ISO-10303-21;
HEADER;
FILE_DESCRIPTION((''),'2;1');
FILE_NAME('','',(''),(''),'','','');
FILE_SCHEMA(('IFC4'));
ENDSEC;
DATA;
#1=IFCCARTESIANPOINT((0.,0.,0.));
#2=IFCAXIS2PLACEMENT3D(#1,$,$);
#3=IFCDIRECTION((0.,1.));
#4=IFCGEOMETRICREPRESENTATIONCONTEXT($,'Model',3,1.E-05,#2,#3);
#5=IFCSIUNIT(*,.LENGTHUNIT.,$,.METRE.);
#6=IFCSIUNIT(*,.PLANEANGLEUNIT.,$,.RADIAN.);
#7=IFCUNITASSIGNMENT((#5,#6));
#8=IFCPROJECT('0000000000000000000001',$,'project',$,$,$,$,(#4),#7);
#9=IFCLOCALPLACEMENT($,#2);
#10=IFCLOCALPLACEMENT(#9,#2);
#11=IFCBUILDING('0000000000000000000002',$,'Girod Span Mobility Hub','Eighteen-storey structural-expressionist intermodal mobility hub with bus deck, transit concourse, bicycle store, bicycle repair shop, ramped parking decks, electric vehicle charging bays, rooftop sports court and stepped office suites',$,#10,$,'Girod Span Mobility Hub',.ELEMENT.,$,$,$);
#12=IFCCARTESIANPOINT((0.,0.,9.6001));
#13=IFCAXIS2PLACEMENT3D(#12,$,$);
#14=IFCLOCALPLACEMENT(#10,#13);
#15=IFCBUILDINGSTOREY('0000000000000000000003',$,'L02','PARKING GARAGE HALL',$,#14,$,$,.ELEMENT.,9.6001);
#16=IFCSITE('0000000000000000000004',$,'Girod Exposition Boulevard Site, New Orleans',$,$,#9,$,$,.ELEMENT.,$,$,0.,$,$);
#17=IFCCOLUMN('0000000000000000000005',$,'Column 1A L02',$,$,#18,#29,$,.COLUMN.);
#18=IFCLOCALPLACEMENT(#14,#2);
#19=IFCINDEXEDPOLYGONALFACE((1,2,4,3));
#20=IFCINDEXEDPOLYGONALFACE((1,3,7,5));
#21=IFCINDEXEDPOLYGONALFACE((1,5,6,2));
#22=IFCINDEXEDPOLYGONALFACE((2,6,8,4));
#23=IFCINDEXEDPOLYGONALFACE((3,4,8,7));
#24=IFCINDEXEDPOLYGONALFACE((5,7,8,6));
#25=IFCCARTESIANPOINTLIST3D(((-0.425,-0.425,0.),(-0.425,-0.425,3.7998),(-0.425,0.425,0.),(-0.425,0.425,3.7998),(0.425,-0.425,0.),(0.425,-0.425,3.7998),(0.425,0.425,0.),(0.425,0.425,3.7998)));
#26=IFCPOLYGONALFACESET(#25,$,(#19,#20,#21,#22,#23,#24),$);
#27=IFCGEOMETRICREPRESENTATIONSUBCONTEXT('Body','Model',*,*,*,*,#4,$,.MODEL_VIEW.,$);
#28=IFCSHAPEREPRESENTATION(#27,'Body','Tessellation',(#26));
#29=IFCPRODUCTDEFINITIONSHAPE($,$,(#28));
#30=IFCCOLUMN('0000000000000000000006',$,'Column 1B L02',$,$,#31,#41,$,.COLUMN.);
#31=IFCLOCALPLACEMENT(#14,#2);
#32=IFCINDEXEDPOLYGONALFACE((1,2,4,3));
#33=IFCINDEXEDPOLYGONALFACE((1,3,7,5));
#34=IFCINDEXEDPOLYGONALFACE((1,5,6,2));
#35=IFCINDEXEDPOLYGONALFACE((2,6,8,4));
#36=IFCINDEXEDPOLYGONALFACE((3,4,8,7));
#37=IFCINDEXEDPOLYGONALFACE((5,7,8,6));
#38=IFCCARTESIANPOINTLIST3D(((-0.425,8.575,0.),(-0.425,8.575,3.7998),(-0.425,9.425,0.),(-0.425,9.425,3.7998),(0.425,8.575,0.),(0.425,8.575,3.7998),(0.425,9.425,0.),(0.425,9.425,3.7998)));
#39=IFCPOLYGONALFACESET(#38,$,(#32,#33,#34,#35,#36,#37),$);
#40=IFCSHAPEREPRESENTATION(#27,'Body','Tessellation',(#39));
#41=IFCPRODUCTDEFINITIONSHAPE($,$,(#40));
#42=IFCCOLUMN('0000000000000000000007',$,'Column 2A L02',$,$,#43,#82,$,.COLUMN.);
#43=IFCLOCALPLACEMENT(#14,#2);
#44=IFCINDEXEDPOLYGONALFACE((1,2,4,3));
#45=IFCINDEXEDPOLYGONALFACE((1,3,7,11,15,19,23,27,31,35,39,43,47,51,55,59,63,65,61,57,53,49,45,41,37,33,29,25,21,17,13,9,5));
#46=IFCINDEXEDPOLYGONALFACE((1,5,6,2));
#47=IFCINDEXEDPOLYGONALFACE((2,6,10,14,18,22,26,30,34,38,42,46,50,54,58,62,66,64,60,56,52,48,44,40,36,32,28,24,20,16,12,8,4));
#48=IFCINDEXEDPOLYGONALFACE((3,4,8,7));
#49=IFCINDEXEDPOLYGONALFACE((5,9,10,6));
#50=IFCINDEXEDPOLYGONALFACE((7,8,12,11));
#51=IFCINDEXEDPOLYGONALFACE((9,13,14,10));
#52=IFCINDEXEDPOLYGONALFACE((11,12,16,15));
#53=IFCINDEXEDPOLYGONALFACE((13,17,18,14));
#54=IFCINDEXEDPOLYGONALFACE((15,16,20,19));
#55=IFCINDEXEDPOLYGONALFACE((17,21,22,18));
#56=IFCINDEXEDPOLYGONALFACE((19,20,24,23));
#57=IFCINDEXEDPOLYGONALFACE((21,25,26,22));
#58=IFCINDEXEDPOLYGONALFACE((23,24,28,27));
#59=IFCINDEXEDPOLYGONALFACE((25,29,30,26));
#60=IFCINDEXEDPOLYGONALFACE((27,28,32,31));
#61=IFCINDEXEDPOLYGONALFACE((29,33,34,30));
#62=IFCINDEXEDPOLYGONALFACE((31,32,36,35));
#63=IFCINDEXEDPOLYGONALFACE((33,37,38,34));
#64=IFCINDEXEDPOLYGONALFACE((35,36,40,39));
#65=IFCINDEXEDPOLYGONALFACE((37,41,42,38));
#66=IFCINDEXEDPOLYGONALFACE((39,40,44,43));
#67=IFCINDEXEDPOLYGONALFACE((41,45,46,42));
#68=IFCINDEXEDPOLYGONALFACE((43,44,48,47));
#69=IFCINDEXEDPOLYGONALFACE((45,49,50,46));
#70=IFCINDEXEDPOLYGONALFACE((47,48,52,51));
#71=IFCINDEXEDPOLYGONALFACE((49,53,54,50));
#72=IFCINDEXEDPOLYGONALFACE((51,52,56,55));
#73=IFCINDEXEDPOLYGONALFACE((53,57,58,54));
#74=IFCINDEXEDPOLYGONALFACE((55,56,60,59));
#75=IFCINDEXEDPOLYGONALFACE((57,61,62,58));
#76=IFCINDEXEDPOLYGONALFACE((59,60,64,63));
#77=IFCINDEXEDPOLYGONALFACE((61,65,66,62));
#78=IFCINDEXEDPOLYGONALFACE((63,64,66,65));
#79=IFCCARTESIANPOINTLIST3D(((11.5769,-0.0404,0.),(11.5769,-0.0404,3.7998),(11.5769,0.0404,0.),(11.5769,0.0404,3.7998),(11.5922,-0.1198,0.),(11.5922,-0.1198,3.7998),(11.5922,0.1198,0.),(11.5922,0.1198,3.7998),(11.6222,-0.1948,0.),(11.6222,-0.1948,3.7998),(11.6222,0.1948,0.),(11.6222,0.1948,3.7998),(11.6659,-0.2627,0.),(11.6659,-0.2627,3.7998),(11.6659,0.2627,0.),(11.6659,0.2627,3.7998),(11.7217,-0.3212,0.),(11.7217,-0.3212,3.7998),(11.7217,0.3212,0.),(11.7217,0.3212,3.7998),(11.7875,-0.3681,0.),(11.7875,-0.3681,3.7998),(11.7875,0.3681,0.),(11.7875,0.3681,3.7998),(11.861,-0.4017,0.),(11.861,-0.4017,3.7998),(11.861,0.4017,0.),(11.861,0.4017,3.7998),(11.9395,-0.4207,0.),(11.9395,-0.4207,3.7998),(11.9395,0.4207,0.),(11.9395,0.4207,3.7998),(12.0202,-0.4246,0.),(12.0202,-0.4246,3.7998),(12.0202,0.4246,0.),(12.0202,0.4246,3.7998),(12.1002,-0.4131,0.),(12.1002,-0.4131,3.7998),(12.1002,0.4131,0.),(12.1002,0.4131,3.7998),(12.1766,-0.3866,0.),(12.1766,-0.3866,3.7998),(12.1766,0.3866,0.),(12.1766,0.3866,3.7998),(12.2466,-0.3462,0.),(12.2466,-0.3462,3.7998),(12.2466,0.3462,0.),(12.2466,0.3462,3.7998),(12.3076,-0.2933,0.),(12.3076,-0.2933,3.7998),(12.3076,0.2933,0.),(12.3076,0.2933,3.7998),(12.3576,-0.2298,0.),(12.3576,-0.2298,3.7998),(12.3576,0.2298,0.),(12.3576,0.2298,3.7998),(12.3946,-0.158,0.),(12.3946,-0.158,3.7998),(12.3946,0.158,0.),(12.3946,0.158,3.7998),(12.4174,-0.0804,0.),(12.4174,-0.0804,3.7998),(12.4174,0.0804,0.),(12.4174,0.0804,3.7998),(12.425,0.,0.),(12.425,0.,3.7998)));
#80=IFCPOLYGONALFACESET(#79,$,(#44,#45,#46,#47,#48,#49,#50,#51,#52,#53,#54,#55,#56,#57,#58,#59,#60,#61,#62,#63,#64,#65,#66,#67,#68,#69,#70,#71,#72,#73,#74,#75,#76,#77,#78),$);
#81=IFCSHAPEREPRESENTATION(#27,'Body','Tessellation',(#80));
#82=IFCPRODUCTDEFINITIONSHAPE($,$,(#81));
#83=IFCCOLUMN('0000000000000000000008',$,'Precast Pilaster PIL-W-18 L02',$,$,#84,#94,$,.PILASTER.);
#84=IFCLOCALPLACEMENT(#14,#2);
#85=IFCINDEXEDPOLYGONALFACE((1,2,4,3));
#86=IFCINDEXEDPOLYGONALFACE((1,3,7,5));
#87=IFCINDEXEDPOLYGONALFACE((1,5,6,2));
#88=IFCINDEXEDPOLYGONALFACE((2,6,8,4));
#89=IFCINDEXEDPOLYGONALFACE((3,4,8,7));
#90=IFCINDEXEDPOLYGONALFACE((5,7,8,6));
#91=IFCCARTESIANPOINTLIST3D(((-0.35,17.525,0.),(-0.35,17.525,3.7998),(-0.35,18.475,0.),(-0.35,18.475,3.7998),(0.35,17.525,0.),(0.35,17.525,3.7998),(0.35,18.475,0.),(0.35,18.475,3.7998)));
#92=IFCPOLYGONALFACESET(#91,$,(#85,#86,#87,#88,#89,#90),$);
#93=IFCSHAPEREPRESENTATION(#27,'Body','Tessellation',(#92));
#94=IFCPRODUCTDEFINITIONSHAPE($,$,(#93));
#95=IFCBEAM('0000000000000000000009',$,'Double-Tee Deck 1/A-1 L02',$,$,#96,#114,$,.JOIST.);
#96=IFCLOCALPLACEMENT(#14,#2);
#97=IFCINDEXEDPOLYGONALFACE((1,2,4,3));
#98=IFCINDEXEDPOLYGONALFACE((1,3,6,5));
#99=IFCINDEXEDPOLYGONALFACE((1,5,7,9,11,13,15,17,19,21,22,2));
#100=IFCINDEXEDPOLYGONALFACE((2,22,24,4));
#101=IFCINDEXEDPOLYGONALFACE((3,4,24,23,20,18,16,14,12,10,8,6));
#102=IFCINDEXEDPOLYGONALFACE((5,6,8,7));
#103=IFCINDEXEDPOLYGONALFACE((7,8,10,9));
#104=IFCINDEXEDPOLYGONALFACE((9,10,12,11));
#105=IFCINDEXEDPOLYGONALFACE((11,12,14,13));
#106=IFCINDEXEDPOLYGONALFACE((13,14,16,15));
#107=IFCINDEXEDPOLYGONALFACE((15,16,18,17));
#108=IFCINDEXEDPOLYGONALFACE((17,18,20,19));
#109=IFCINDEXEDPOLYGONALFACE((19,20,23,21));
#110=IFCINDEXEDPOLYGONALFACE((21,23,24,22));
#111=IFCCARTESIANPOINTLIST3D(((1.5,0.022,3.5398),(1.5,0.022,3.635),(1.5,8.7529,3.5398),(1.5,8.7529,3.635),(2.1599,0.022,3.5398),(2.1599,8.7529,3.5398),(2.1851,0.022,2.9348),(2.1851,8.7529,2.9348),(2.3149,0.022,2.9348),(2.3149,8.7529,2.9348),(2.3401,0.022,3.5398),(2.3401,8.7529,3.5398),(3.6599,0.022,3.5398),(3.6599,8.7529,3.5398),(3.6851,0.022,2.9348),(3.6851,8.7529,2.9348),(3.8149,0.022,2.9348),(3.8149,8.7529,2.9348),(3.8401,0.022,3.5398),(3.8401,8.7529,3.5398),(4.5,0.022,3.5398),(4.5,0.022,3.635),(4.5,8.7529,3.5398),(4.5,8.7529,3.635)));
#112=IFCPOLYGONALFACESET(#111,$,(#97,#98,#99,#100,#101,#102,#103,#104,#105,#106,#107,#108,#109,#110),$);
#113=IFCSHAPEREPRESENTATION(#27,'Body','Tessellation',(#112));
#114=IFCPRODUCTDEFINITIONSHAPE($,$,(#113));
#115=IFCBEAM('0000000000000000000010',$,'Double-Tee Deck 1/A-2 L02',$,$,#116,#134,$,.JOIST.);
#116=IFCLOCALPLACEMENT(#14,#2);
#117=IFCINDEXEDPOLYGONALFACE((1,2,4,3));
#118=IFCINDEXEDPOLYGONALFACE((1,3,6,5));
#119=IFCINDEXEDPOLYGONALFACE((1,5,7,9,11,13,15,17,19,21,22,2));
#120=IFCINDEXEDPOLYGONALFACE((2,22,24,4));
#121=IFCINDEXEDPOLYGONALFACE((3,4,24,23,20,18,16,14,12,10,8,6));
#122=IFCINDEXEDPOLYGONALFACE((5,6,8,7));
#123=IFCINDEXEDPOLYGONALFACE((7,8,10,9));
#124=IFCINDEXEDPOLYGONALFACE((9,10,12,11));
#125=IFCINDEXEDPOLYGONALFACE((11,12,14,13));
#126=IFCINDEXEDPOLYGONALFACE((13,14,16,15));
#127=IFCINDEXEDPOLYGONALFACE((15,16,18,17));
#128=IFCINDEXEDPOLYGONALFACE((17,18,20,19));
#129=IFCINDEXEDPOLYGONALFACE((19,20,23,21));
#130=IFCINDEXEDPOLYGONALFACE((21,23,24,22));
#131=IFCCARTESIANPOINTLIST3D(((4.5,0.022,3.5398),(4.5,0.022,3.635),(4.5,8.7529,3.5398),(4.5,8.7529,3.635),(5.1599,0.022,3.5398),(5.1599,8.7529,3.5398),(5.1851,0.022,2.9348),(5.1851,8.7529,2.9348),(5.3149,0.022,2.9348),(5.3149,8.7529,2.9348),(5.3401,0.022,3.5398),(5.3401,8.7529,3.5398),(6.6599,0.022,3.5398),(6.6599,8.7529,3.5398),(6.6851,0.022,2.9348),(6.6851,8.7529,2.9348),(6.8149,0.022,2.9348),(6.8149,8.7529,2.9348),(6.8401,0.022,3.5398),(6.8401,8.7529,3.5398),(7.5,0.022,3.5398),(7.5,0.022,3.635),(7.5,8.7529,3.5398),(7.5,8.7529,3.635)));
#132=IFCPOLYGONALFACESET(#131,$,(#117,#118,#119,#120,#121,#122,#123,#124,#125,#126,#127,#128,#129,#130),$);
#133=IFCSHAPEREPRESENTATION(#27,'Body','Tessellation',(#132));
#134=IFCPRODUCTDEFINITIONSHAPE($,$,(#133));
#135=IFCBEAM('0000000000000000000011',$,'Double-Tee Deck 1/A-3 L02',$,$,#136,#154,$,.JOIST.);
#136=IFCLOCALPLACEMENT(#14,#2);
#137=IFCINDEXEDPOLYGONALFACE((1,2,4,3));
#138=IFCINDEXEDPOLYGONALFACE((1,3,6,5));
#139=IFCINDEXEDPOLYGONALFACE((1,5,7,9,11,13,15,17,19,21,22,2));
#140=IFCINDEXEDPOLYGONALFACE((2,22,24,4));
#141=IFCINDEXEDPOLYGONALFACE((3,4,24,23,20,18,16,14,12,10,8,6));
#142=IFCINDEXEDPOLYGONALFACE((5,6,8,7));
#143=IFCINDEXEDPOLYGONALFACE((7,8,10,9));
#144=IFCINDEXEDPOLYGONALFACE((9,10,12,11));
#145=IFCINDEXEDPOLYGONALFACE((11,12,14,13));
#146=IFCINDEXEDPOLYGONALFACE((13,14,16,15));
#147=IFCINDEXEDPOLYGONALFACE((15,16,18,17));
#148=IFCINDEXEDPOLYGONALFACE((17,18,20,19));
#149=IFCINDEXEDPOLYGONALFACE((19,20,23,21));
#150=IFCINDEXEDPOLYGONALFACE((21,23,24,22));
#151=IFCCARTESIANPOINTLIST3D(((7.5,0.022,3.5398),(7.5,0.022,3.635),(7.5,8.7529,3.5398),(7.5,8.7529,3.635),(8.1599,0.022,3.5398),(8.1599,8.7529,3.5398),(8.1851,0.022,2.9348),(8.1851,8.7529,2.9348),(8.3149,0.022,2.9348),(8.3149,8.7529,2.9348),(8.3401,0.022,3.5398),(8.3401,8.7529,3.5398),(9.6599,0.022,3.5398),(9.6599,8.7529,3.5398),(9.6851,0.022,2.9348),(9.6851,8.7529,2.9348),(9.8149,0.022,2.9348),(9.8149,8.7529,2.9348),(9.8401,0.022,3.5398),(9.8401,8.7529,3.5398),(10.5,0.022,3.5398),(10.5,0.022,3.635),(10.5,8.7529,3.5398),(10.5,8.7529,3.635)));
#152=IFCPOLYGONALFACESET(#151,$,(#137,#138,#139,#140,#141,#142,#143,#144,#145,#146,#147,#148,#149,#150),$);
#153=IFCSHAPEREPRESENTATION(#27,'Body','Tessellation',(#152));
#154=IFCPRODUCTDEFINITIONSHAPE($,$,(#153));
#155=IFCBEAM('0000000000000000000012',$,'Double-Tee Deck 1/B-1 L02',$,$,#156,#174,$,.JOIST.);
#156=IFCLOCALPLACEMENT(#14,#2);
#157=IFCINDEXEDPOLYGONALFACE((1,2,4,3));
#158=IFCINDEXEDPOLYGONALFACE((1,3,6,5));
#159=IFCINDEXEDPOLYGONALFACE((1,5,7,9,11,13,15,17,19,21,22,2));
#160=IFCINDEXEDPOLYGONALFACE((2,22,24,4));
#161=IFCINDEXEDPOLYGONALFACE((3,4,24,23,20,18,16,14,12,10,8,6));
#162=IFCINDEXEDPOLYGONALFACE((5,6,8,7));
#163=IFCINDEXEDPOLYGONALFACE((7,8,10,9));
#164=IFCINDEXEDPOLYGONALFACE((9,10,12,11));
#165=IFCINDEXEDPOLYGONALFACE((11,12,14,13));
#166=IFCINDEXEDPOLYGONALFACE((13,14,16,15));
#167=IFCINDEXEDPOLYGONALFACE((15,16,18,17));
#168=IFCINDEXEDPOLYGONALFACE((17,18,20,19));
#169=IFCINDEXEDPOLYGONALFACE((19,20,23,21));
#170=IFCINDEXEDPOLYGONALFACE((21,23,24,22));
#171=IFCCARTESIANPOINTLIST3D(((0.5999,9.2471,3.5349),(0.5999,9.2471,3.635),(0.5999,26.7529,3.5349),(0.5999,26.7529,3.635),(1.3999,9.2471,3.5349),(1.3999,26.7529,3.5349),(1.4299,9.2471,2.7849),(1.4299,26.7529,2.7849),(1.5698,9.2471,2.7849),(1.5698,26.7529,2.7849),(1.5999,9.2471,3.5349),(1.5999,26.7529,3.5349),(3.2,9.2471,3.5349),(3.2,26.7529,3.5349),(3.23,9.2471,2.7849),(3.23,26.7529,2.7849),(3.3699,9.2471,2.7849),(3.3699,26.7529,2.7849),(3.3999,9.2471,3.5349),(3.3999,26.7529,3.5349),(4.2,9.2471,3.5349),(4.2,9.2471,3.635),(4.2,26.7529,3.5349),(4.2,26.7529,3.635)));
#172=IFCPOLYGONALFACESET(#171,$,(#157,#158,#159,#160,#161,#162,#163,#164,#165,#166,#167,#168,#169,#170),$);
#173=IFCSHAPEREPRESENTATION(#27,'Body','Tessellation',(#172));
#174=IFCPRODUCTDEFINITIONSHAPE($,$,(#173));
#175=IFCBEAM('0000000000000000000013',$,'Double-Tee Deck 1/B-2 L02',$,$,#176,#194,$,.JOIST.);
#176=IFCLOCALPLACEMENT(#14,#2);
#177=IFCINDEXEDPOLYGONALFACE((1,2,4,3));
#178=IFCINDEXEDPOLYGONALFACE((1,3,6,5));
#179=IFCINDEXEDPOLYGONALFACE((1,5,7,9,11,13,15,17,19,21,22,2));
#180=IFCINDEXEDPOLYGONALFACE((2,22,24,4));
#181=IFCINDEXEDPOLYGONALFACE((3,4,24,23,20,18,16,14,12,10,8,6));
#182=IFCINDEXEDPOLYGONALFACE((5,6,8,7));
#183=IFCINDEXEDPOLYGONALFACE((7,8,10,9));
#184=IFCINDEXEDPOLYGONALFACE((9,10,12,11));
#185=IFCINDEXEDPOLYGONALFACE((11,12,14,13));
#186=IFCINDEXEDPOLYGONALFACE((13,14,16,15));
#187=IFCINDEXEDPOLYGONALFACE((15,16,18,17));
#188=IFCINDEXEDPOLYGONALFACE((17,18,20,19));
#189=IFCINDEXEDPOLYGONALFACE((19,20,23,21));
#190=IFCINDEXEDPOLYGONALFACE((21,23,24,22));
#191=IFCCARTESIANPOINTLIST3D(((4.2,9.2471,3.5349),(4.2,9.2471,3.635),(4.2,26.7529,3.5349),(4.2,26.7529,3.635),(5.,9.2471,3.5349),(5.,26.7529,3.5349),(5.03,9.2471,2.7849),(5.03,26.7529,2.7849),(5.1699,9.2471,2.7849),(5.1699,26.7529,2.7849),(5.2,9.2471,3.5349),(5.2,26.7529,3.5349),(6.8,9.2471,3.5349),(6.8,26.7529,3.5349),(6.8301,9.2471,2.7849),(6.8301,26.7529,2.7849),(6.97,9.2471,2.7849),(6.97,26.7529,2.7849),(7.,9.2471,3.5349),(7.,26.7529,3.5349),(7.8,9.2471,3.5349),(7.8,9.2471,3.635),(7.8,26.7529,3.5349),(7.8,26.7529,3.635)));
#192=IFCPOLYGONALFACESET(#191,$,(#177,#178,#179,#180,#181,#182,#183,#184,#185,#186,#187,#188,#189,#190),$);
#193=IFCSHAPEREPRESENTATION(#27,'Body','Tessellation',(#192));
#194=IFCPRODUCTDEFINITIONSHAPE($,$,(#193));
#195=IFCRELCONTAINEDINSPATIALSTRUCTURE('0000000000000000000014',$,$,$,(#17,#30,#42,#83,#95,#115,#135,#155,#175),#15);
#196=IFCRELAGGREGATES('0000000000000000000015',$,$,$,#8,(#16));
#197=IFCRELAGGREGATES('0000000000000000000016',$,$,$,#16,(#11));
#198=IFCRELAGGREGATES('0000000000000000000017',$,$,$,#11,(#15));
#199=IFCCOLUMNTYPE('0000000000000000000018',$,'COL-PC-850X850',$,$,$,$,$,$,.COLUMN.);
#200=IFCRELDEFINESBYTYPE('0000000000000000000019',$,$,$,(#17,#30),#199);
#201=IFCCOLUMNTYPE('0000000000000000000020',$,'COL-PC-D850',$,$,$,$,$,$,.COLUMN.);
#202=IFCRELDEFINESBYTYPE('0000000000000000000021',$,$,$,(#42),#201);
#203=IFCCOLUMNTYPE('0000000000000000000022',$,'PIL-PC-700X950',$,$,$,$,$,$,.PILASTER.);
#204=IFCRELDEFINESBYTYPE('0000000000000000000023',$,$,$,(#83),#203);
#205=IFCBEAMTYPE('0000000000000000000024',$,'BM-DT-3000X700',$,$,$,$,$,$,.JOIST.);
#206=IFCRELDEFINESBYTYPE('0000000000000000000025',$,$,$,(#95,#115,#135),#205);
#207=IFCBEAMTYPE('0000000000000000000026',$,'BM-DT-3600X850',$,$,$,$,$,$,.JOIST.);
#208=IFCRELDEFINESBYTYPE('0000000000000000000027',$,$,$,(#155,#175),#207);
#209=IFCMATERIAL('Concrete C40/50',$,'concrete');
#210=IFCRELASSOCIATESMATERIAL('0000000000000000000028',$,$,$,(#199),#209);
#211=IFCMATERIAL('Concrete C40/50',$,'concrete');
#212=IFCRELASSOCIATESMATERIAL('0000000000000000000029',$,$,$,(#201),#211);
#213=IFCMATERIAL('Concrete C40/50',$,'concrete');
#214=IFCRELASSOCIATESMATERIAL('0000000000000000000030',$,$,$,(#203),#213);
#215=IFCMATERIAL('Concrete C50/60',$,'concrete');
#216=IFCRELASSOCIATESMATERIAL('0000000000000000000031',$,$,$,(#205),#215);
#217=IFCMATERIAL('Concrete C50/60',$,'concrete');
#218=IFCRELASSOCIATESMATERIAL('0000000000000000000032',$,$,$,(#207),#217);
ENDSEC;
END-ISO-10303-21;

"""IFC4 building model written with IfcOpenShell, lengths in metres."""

from ifc_helpers import new_model, si_unit, direction, frame, origin, origin_2d, place, context, subcontext, project, spatial, polyline, rectangle, circle, outline, extrude, material, material_profile, profile_set, type_object, element, save


model = new_model("IFC4")

# Units and contexts
model_context = context("Model", 3, precision=1e-05, world=origin(), true_north=direction((0.0, 1.0)))
body_context = subcontext(model_context, "Body", "Model", "MODEL_VIEW")
ifc_project = project(units=[si_unit("LENGTHUNIT", "METRE"), si_unit("PLANEANGLEUNIT", "RADIAN")], contexts=[model_context])

# Site, building, storey
site_placement = place(None, origin())
site = spatial("IfcSite", under=ifc_project, at=site_placement, Name="Girod Exposition Boulevard Site, New Orleans", CompositionType="ELEMENT", RefElevation=0.0)
building_placement = place(site_placement, origin())
building = spatial("IfcBuilding", under=site, at=building_placement, Name="Girod Span Mobility Hub", Description="Eighteen-storey structural-expressionist intermodal mobility hub with bus deck, transit concourse, bicycle store, bicycle repair shop, ramped parking decks, electric vehicle charging bays, rooftop sports court and stepped office suites", LongName="Girod Span Mobility Hub", CompositionType="ELEMENT")
storey_placement = place(building_placement, frame((0.0, 0.0, 9.6001)))
storey = spatial("IfcBuildingStorey", under=building, at=storey_placement, Name="L02", Description="PARKING GARAGE HALL", CompositionType="ELEMENT", Elevation=9.6001)

# Columns
ifc_material_1 = material(Name="Concrete C40/50", Category="concrete")
ifc_material_profile_1 = material_profile(ifc_material_1, rectangle(XDim=0.8501, YDim=0.8501, at=origin_2d()), Name="PC-COL-850X850")
ifc_profile_set_1 = profile_set([ifc_material_profile_1], Name="Concrete C40/50")
column_type_1 = type_object("IfcColumnType", Name="COL-PC-850X850", PredefinedType="COLUMN", material=ifc_profile_set_1)
for number, where, z_axis, x_axis, name in (
    (1, (0.0, 0.0, 0.0), (0.0, 0.0, 1.0), (1.0, 0.0, 0.0), "Column 1A L02"),
    (2, (0.0, 9.0, 0.0), (0.0, 0.0, 1.0), (1.0, 0.0, 0.0), "Column 1B L02"),
):
    element("IfcColumn", number, at=place(storey_placement, frame(where, z_axis=z_axis, x_axis=x_axis)), inside=storey, type_object=column_type_1, Name=name, PredefinedType="COLUMN", context=body_context, shape_type="SweptSolid", body=[
        extrude(rectangle(XDim=0.8501, YDim=0.8501, at=origin_2d()), origin(), (0.0, 0.0, 1.0), 3.7998),
    ])
ifc_material_2 = material(Name="Concrete C40/50", Category="concrete")
ifc_material_profile_2 = material_profile(ifc_material_2, circle(Radius=0.425, at=origin_2d()), Name="PC-CIR-D850")
ifc_profile_set_2 = profile_set([ifc_material_profile_2], Name="Concrete C40/50")
column_type_2 = type_object("IfcColumnType", Name="COL-PC-D850", PredefinedType="COLUMN", material=ifc_profile_set_2)
column_1_placement = place(storey_placement, frame((12.0, 0.0, 0.0), z_axis=(0.0, 0.0, 1.0), x_axis=(1.0, 0.0, 0.0)))
element("IfcColumn", 3, at=column_1_placement, inside=storey, type_object=column_type_2, Name="Column 2A L02", PredefinedType="COLUMN", context=body_context, shape_type="SweptSolid", body=[
    extrude(circle(Radius=0.425, at=origin_2d()), origin(), (0.0, 0.0, 1.0), 3.7998),
])
ifc_material_3 = material(Name="Concrete C40/50", Category="concrete")
ifc_material_profile_3 = material_profile(ifc_material_3, rectangle(XDim=0.7, YDim=0.95, at=origin_2d()), Name="PC-PIL-700X950")
ifc_profile_set_3 = profile_set([ifc_material_profile_3], Name="Concrete C40/50")
column_type_3 = type_object("IfcColumnType", Name="PIL-PC-700X950", PredefinedType="PILASTER", material=ifc_profile_set_3)
column_2_placement = place(storey_placement, frame((0.0, 18.0, 0.0), z_axis=(0.0, 0.0, 1.0), x_axis=(1.0, 0.0, 0.0)))
element("IfcColumn", 4, at=column_2_placement, inside=storey, type_object=column_type_3, Name="Precast Pilaster PIL-W-18 L02", PredefinedType="PILASTER", context=body_context, shape_type="SweptSolid", body=[
    extrude(rectangle(XDim=0.7, YDim=0.95, at=origin_2d()), origin(), (0.0, 0.0, 1.0), 3.7998),
])

# Beams
ifc_material_4 = material(Name="Concrete C50/60", Category="concrete")
ifc_material_profile_4 = material_profile(ifc_material_4, outline(polyline([(-1.5, 0.3501), (-1.5, 0.2549), (-0.8401, 0.2549), (-0.8149, -0.3501), (-0.6851, -0.3501), (-0.6599, 0.2549), (0.6599, 0.2549), (0.6851, -0.3501), (0.8149, -0.3501), (0.8401, 0.2549), (1.5, 0.2549), (1.5, 0.3501), (-1.5, 0.3501)])), Name="DT-3000X700")
ifc_profile_set_4 = profile_set([ifc_material_profile_4], Name="Concrete C50/60")
beam_type_1 = type_object("IfcBeamType", Name="BM-DT-3000X700", PredefinedType="JOIST", material=ifc_profile_set_4)
for number, where, z_axis, x_axis, name in (
    (5, (3.0, 0.022, 3.2849), (0.0, 1.0, 0.0), (-1.0, 0.0, 0.0), "Double-Tee Deck 1/A-1 L02"),
    (6, (6.0, 0.022, 3.2849), (0.0, 1.0, 0.0), (-1.0, 0.0, 0.0), "Double-Tee Deck 1/A-2 L02"),
    (7, (9.0, 0.022, 3.2849), (0.0, 1.0, 0.0), (-1.0, 0.0, 0.0), "Double-Tee Deck 1/A-3 L02"),
):
    element("IfcBeam", number, at=place(storey_placement, frame(where, z_axis=z_axis, x_axis=x_axis)), inside=storey, type_object=beam_type_1, Name=name, PredefinedType="JOIST", context=body_context, shape_type="SweptSolid", body=[
        extrude(outline(polyline([(-1.5, 0.3501), (-1.5, 0.2549), (-0.8401, 0.2549), (-0.8149, -0.3501), (-0.6851, -0.3501), (-0.6599, 0.2549), (0.6599, 0.2549), (0.6851, -0.3501), (0.8149, -0.3501), (0.8401, 0.2549), (1.5, 0.2549), (1.5, 0.3501), (-1.5, 0.3501)])), origin(), (0.0, 0.0, 1.0), 8.731),
    ])
ifc_material_5 = material(Name="Concrete C50/60", Category="concrete")
ifc_material_profile_5 = material_profile(ifc_material_5, outline(polyline([(-1.8, 0.425), (-1.8, 0.325), (-1.0, 0.325), (-0.97, -0.425), (-0.8301, -0.425), (-0.8, 0.325), (0.8, 0.325), (0.8301, -0.425), (0.97, -0.425), (1.0, 0.325), (1.8, 0.325), (1.8, 0.425), (-1.8, 0.425)])), Name="DT-3600X850")
ifc_profile_set_5 = profile_set([ifc_material_profile_5], Name="Concrete C50/60")
beam_type_2 = type_object("IfcBeamType", Name="BM-DT-3600X850", PredefinedType="JOIST", material=ifc_profile_set_5)
for number, where, z_axis, x_axis, name in (
    (8, (2.3999, 9.2471, 3.21), (0.0, 1.0, 0.0), (-1.0, 0.0, 0.0), "Double-Tee Deck 1/B-1 L02"),
    (9, (6.0, 9.2471, 3.21), (0.0, 1.0, 0.0), (-1.0, 0.0, 0.0), "Double-Tee Deck 1/B-2 L02"),
):
    element("IfcBeam", number, at=place(storey_placement, frame(where, z_axis=z_axis, x_axis=x_axis)), inside=storey, type_object=beam_type_2, Name=name, PredefinedType="JOIST", context=body_context, shape_type="SweptSolid", body=[
        extrude(outline(polyline([(-1.8, 0.425), (-1.8, 0.325), (-1.0, 0.325), (-0.97, -0.425), (-0.8301, -0.425), (-0.8, 0.325), (0.8, 0.325), (0.8301, -0.425), (0.97, -0.425), (1.0, 0.325), (1.8, 0.325), (1.8, 0.425), (-1.8, 0.425)])), origin(), (0.0, 0.0, 1.0), 17.5059),
    ])

save(model, "model.ifc")
